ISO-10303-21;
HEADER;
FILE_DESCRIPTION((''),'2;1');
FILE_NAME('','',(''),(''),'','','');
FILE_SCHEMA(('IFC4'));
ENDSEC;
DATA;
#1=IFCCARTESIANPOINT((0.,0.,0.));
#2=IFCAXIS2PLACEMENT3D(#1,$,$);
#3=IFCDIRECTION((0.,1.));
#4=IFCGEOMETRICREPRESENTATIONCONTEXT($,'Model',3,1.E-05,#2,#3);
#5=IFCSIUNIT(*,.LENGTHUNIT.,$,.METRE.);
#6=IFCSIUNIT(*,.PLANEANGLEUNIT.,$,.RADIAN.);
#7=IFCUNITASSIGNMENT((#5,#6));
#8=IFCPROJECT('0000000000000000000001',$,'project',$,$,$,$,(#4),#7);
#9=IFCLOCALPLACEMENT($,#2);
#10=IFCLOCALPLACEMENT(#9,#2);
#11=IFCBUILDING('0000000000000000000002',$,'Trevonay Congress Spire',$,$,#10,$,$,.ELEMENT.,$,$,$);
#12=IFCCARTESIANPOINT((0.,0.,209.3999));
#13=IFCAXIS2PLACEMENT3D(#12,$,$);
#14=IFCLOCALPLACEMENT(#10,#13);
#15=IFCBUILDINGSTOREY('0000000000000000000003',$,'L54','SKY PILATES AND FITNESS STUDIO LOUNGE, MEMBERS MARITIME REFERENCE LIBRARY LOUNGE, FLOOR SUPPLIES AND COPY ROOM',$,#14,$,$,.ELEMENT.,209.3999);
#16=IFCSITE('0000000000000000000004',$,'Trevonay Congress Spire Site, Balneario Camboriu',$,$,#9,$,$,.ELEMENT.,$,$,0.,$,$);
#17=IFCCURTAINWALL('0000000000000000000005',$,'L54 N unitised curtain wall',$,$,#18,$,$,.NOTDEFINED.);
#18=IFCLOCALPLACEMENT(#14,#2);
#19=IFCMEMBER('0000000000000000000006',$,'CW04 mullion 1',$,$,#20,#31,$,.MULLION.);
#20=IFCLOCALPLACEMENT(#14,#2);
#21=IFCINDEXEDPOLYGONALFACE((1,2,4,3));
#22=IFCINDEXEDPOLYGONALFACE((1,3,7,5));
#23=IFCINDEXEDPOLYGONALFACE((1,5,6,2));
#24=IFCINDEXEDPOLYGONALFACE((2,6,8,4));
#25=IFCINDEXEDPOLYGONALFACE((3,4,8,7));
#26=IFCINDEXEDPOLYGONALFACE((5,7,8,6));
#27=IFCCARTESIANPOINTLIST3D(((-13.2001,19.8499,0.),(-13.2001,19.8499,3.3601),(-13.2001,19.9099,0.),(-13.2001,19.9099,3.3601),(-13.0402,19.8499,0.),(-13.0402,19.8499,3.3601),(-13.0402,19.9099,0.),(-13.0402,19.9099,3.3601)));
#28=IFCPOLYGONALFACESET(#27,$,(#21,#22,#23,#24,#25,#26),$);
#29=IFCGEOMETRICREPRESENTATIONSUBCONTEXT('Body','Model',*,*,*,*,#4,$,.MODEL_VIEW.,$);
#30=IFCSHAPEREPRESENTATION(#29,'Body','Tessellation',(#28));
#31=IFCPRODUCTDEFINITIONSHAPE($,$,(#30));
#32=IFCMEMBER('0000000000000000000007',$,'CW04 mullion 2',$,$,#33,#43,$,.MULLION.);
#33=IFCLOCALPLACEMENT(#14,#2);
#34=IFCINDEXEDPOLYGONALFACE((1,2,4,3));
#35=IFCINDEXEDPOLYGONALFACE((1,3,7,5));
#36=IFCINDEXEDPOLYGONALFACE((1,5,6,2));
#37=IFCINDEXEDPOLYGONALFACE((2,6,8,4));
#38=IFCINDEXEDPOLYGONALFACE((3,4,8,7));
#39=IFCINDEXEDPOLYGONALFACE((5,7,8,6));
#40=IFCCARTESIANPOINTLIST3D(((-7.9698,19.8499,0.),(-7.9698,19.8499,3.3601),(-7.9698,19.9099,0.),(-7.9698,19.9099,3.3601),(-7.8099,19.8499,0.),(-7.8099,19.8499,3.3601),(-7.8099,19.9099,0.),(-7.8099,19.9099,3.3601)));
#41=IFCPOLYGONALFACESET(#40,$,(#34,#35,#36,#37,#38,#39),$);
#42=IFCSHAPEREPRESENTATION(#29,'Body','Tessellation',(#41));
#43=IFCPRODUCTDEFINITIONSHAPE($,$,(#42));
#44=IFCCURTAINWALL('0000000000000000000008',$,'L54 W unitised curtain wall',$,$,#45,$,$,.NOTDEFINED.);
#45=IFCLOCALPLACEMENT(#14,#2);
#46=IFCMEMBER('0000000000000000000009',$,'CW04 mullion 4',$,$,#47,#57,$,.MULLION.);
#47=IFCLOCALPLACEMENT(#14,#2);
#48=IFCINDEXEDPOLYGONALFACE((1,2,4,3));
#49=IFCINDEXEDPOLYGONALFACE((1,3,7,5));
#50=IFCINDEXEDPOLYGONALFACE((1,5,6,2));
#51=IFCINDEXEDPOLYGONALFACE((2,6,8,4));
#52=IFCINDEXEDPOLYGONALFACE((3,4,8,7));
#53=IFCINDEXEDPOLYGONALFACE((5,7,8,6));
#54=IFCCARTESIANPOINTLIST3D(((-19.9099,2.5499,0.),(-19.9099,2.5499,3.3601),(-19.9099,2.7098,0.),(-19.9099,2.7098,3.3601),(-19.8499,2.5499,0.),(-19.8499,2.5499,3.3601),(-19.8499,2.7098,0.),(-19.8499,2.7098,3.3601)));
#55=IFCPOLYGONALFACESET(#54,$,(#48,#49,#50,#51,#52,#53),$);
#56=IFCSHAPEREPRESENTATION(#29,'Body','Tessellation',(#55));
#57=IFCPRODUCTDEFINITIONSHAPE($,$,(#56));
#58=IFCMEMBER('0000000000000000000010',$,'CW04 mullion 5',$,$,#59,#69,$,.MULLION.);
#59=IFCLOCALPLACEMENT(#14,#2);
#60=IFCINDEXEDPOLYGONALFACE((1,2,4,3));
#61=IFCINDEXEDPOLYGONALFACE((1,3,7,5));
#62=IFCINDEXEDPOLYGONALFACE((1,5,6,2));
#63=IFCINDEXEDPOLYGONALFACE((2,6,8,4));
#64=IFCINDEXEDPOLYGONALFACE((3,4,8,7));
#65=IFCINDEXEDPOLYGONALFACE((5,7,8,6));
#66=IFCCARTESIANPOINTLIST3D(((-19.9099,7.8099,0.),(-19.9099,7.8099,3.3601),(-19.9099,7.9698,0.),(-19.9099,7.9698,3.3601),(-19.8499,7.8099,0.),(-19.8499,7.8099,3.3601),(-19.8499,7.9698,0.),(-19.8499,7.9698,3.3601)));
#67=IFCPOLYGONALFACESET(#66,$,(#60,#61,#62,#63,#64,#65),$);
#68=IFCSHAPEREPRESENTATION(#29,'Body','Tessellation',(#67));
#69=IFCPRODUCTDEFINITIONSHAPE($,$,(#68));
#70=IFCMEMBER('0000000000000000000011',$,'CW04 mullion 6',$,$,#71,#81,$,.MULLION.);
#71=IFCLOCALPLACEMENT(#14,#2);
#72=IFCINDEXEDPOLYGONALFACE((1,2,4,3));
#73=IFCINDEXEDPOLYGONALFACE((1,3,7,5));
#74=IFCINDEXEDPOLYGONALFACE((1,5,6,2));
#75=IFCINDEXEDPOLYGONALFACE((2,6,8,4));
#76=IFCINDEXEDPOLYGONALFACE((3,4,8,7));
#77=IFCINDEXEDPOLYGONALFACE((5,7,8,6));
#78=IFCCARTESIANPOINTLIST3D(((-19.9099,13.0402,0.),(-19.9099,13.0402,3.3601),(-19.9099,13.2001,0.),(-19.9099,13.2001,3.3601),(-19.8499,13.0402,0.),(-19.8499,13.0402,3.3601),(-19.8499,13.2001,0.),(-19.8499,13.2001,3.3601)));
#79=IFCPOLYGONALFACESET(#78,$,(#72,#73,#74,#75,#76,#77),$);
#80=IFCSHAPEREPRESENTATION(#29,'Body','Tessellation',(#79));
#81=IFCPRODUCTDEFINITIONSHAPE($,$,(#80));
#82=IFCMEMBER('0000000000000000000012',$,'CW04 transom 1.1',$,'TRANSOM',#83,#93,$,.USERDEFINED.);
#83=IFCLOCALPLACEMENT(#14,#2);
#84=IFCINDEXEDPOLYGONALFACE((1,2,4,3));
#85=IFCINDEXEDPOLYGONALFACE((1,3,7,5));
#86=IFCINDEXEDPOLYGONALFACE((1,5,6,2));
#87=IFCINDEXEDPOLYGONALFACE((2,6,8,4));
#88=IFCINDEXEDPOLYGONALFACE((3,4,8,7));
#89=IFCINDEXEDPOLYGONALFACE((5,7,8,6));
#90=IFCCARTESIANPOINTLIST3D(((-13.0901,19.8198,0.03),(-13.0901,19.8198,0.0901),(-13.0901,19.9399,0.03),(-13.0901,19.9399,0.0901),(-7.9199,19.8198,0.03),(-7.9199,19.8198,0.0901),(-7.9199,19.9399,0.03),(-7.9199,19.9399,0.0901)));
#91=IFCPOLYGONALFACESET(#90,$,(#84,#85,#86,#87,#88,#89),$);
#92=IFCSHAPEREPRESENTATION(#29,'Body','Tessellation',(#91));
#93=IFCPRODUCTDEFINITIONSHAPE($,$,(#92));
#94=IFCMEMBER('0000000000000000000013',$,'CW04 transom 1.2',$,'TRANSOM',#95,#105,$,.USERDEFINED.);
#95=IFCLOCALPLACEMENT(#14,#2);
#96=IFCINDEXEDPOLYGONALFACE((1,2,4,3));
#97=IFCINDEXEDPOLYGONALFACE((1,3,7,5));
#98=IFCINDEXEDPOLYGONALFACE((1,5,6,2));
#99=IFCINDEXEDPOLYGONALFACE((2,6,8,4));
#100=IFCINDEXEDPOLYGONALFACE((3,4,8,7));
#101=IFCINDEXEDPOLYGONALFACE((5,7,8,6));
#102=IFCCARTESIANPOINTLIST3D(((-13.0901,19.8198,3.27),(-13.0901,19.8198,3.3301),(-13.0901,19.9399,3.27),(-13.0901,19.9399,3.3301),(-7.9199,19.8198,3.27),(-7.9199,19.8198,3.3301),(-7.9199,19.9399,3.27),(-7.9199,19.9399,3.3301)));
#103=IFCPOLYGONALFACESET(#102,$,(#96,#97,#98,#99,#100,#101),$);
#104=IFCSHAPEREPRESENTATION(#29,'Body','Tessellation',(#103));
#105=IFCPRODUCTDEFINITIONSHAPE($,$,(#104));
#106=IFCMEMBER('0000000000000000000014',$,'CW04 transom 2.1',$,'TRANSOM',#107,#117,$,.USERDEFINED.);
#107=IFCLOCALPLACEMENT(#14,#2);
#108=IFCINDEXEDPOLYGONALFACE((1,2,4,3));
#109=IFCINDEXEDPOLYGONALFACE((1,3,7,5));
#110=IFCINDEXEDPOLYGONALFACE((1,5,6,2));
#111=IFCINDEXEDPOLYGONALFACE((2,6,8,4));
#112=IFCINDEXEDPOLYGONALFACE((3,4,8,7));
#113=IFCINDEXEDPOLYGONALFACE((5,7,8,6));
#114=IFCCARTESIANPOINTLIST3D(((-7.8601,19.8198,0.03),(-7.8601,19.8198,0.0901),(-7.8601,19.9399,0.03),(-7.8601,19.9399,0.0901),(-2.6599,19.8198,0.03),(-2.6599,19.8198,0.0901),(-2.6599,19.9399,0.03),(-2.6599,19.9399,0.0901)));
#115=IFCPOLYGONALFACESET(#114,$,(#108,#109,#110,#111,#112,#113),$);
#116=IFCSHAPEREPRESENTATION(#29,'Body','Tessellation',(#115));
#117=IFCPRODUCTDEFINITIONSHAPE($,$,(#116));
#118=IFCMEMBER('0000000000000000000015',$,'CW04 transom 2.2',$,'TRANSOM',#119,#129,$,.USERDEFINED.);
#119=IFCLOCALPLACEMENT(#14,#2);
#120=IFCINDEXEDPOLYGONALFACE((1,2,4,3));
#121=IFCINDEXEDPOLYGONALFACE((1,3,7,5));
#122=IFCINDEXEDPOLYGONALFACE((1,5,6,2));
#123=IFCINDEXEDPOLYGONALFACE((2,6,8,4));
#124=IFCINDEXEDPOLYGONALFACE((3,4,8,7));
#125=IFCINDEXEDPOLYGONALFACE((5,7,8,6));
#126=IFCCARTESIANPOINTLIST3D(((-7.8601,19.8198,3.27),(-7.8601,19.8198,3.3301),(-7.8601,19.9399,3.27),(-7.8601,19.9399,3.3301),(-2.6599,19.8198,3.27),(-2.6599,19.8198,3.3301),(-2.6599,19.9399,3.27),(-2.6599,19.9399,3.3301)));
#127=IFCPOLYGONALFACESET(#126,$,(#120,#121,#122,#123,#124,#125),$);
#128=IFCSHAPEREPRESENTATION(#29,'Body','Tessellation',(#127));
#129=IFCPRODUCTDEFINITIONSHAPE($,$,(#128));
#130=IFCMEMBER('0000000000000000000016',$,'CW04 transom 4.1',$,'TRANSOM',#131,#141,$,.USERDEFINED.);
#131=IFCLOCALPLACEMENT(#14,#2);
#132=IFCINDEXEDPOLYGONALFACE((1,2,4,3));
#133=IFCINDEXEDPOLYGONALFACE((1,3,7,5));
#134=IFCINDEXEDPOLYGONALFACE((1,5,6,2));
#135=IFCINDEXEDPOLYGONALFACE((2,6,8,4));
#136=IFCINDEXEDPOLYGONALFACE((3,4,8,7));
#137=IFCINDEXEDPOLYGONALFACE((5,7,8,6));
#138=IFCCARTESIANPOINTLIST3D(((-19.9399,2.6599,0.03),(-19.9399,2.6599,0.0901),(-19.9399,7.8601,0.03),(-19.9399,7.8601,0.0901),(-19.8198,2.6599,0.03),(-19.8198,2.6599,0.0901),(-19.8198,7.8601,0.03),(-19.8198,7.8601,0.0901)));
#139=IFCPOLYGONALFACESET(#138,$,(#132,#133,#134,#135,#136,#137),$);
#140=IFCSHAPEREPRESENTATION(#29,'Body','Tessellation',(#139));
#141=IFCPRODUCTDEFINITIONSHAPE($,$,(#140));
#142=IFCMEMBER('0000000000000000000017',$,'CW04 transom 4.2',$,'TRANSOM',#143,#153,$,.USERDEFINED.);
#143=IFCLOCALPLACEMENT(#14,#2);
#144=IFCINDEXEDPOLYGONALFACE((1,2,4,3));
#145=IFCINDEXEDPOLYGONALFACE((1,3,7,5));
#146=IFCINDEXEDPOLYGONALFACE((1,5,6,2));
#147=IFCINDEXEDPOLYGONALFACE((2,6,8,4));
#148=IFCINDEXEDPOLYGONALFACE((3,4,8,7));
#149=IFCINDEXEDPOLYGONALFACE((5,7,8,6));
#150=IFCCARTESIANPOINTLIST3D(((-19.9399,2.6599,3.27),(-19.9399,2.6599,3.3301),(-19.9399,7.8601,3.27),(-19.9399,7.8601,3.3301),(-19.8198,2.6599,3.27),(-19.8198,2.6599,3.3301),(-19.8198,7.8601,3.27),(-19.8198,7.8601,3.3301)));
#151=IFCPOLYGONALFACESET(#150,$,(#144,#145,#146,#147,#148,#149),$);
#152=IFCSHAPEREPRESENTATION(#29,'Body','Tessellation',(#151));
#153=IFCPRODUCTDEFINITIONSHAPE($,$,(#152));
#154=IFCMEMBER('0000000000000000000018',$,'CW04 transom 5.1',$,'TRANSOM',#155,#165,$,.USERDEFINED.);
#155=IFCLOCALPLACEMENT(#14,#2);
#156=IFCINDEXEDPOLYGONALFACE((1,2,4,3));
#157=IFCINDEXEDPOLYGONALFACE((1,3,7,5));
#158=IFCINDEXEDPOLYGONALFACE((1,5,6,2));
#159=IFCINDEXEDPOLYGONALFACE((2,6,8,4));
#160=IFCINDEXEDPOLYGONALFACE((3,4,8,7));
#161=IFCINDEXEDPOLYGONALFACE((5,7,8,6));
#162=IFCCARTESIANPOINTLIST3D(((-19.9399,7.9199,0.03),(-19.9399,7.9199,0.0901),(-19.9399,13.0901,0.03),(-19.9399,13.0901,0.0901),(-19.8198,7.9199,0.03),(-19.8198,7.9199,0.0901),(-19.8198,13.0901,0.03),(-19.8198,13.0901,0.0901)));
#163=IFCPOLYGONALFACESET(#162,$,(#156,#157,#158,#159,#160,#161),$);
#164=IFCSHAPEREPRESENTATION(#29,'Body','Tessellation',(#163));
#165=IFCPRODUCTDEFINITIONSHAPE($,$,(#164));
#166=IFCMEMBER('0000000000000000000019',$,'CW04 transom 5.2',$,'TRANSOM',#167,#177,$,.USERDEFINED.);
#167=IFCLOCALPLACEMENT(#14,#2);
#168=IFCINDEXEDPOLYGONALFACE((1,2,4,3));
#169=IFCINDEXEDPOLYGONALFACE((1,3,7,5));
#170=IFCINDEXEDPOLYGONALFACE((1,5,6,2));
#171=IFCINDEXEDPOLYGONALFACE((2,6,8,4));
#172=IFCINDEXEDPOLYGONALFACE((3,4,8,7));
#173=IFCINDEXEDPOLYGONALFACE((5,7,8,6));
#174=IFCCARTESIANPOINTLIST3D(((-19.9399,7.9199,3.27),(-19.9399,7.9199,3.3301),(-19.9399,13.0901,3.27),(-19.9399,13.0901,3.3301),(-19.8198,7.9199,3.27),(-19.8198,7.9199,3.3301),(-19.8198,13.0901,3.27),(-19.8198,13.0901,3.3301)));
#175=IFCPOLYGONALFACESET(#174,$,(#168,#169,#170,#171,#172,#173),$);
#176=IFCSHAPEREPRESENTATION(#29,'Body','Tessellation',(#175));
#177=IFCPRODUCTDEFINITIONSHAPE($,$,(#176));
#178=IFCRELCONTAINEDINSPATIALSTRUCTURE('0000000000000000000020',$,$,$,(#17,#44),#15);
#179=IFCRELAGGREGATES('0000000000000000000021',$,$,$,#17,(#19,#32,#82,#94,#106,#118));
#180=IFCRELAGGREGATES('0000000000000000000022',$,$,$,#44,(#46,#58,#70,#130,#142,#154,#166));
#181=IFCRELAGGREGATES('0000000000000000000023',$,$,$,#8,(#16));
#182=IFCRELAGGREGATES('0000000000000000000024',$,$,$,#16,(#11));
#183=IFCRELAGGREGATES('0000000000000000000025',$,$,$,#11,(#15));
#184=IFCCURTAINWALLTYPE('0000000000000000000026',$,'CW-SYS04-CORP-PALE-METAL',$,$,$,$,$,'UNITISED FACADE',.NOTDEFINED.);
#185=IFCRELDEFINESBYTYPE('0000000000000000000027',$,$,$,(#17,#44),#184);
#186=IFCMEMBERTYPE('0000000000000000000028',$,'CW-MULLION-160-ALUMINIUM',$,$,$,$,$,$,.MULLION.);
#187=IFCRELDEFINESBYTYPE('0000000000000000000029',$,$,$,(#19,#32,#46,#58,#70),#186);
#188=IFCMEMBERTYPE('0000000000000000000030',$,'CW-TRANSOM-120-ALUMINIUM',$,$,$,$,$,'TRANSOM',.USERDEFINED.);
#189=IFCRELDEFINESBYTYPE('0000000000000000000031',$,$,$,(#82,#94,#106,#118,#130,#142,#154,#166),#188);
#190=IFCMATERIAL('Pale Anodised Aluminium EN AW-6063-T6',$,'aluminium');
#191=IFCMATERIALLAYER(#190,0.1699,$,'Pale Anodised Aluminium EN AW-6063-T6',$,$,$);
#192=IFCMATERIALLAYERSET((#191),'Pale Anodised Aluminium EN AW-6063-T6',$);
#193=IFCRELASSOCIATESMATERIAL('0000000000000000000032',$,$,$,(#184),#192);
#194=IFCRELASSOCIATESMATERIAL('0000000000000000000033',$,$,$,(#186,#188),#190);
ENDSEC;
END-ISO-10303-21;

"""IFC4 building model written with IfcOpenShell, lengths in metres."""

from ifc_helpers import new_model, si_unit, direction, frame, origin, origin_2d, place, context, subcontext, project, spatial, rectangle, extrude, material, layer, layer_set, material_profile, profile_set, type_object, element, aggregate, save


model = new_model("IFC4")

# Units and contexts
model_context = context("Model", 3, precision=1e-05, world=origin(), true_north=direction((0.0, 1.0)))
body_context = subcontext(model_context, "Body", "Model", "MODEL_VIEW")
ifc_project = project(units=[si_unit("LENGTHUNIT", "METRE"), si_unit("PLANEANGLEUNIT", "RADIAN")], contexts=[model_context])

# Site, building, storey
site_placement = place(None, origin())
site = spatial("IfcSite", under=ifc_project, at=site_placement, Name="Trevonay Congress Spire Site, Balneario Camboriu", CompositionType="ELEMENT", RefElevation=0.0)
building_placement = place(site_placement, origin())
building = spatial("IfcBuilding", under=site, at=building_placement, Name="Trevonay Congress Spire", CompositionType="ELEMENT")
storey_placement = place(building_placement, frame((0.0, 0.0, 209.3999)))
storey = spatial("IfcBuildingStorey", under=building, at=storey_placement, Name="L54", Description="SKY PILATES AND FITNESS STUDIO LOUNGE, MEMBERS MARITIME REFERENCE LIBRARY LOUNGE, FLOOR SUPPLIES AND COPY ROOM", CompositionType="ELEMENT", Elevation=209.3999)

# Curtain walls, members
ifc_material_1 = material(Name="Pale Anodised Aluminium EN AW-6063-T6", Category="aluminium")
ifc_layer_1 = layer(ifc_material_1, 0.1699, Name="Pale Anodised Aluminium EN AW-6063-T6")
ifc_layer_set_1 = layer_set([ifc_layer_1], Name="Pale Anodised Aluminium EN AW-6063-T6")
curtain_wall_type = type_object("IfcCurtainWallType", Name="CW-SYS04-CORP-PALE-METAL", ElementType="UNITISED FACADE", PredefinedType="NOTDEFINED", material=ifc_layer_set_1)
curtain_wall_1_placement = place(storey_placement, origin())
curtain_wall_1 = element("IfcCurtainWall", 1, at=curtain_wall_1_placement, inside=storey, type_object=curtain_wall_type, Name="L54 N unitised curtain wall", PredefinedType="NOTDEFINED")
ifc_material_profile_1 = material_profile(ifc_material_1, rectangle(XDim=0.0601, YDim=0.1599, at=origin_2d()), Name="CW-MULLION-160-ALUMINIUM")
ifc_profile_set_1 = profile_set([ifc_material_profile_1], Name="Pale Anodised Aluminium EN AW-6063-T6")
member_type_1 = type_object("IfcMemberType", Name="CW-MULLION-160-ALUMINIUM", PredefinedType="MULLION", material=ifc_profile_set_1)
member_1_placement = place(storey_placement, frame((-13.1201, 19.8799, 0.0), z_axis=(0.0, 0.0, 1.0), x_axis=(0.0, 1.0, 0.0)))
member_1 = element("IfcMember", 2, at=member_1_placement, type_object=member_type_1, Name="CW04 mullion 1", PredefinedType="MULLION", context=body_context, shape_type="SweptSolid", body=[
    extrude(rectangle(XDim=0.0601, YDim=0.1599, at=origin_2d()), origin(), (0.0, 0.0, 1.0), 3.3601),
])
member_2_placement = place(storey_placement, frame((-7.8899, 19.8799, 0.0), z_axis=(0.0, 0.0, 1.0), x_axis=(0.0, 1.0, 0.0)))
member_2 = element("IfcMember", 3, at=member_2_placement, type_object=member_type_1, Name="CW04 mullion 2", PredefinedType="MULLION", context=body_context, shape_type="SweptSolid", body=[
    extrude(rectangle(XDim=0.0601, YDim=0.1599, at=origin_2d()), origin(), (0.0, 0.0, 1.0), 3.3601),
])
curtain_wall_2_placement = place(storey_placement, origin())
curtain_wall_2 = element("IfcCurtainWall", 4, at=curtain_wall_2_placement, inside=storey, type_object=curtain_wall_type, Name="L54 W unitised curtain wall", PredefinedType="NOTDEFINED")
member_3_placement = place(storey_placement, frame((-19.8799, 2.6299, 0.0), z_axis=(0.0, 0.0, 1.0), x_axis=(-1.0, 0.0, 0.0)))
member_3 = element("IfcMember", 5, at=member_3_placement, type_object=member_type_1, Name="CW04 mullion 4", PredefinedType="MULLION", context=body_context, shape_type="SweptSolid", body=[
    extrude(rectangle(XDim=0.0601, YDim=0.1599, at=origin_2d()), origin(), (0.0, 0.0, 1.0), 3.3601),
])
member_4_placement = place(storey_placement, frame((-19.8799, 7.8899, 0.0), z_axis=(0.0, 0.0, 1.0), x_axis=(-1.0, 0.0, 0.0)))
member_4 = element("IfcMember", 6, at=member_4_placement, type_object=member_type_1, Name="CW04 mullion 5", PredefinedType="MULLION", context=body_context, shape_type="SweptSolid", body=[
    extrude(rectangle(XDim=0.0601, YDim=0.1599, at=origin_2d()), origin(), (0.0, 0.0, 1.0), 3.3601),
])
member_5_placement = place(storey_placement, frame((-19.8799, 13.1201, 0.0), z_axis=(0.0, 0.0, 1.0), x_axis=(-1.0, 0.0, 0.0)))
member_5 = element("IfcMember", 7, at=member_5_placement, type_object=member_type_1, Name="CW04 mullion 6", PredefinedType="MULLION", context=body_context, shape_type="SweptSolid", body=[
    extrude(rectangle(XDim=0.0601, YDim=0.1599, at=origin_2d()), origin(), (0.0, 0.0, 1.0), 3.3601),
])

# Members
ifc_material_profile_2 = material_profile(ifc_material_1, rectangle(XDim=0.1201, YDim=0.0601, at=origin_2d()), Name="CW-TRANSOM-120-ALUMINIUM")
ifc_profile_set_2 = profile_set([ifc_material_profile_2], Name="Pale Anodised Aluminium EN AW-6063-T6")
member_type_2 = type_object("IfcMemberType", Name="CW-TRANSOM-120-ALUMINIUM", ElementType="TRANSOM", PredefinedType="USERDEFINED", material=ifc_profile_set_2)
member_6_placement = place(storey_placement, frame((-13.0901, 19.8799, 0.0601), z_axis=(1.0, 0.0, 0.0), x_axis=(0.0, 1.0, 0.0)))
member_6 = element("IfcMember", 8, at=member_6_placement, type_object=member_type_2, Name="CW04 transom 1.1", ObjectType="TRANSOM", PredefinedType="USERDEFINED", context=body_context, shape_type="SweptSolid", body=[
    extrude(rectangle(XDim=0.1201, YDim=0.0601, at=origin_2d()), origin(), (0.0, 0.0, 1.0), 5.1702),
])
member_7_placement = place(storey_placement, frame((-13.0901, 19.8799, 3.3), z_axis=(1.0, 0.0, 0.0), x_axis=(0.0, 1.0, 0.0)))
member_7 = element("IfcMember", 9, at=member_7_placement, type_object=member_type_2, Name="CW04 transom 1.2", ObjectType="TRANSOM", PredefinedType="USERDEFINED", context=body_context, shape_type="SweptSolid", body=[
    extrude(rectangle(XDim=0.1201, YDim=0.0601, at=origin_2d()), origin(), (0.0, 0.0, 1.0), 5.1702),
])
member_8_placement = place(storey_placement, frame((-7.8601, 19.8799, 0.0601), z_axis=(1.0, 0.0, 0.0), x_axis=(0.0, 1.0, 0.0)))
member_8 = element("IfcMember", 10, at=member_8_placement, type_object=member_type_2, Name="CW04 transom 2.1", ObjectType="TRANSOM", PredefinedType="USERDEFINED", context=body_context, shape_type="SweptSolid", body=[
    extrude(rectangle(XDim=0.1201, YDim=0.0601, at=origin_2d()), origin(), (0.0, 0.0, 1.0), 5.2002),
])
member_9_placement = place(storey_placement, frame((-7.8601, 19.8799, 3.3), z_axis=(1.0, 0.0, 0.0), x_axis=(0.0, 1.0, 0.0)))
member_9 = element("IfcMember", 11, at=member_9_placement, type_object=member_type_2, Name="CW04 transom 2.2", ObjectType="TRANSOM", PredefinedType="USERDEFINED", context=body_context, shape_type="SweptSolid", body=[
    extrude(rectangle(XDim=0.1201, YDim=0.0601, at=origin_2d()), origin(), (0.0, 0.0, 1.0), 5.2002),
])
member_10_placement = place(storey_placement, frame((-19.8799, 2.6599, 0.0601), z_axis=(0.0, 1.0, 0.0), x_axis=(-1.0, 0.0, 0.0)))
member_10 = element("IfcMember", 12, at=member_10_placement, type_object=member_type_2, Name="CW04 transom 4.1", ObjectType="TRANSOM", PredefinedType="USERDEFINED", context=body_context, shape_type="SweptSolid", body=[
    extrude(rectangle(XDim=0.1201, YDim=0.0601, at=origin_2d()), origin(), (0.0, 0.0, 1.0), 5.2002),
])
member_11_placement = place(storey_placement, frame((-19.8799, 2.6599, 3.3), z_axis=(0.0, 1.0, 0.0), x_axis=(-1.0, 0.0, 0.0)))
member_11 = element("IfcMember", 13, at=member_11_placement, type_object=member_type_2, Name="CW04 transom 4.2", ObjectType="TRANSOM", PredefinedType="USERDEFINED", context=body_context, shape_type="SweptSolid", body=[
    extrude(rectangle(XDim=0.1201, YDim=0.0601, at=origin_2d()), origin(), (0.0, 0.0, 1.0), 5.2002),
])
member_12_placement = place(storey_placement, frame((-19.8799, 7.9199, 0.0601), z_axis=(0.0, 1.0, 0.0), x_axis=(-1.0, 0.0, 0.0)))
member_12 = element("IfcMember", 14, at=member_12_placement, type_object=member_type_2, Name="CW04 transom 5.1", ObjectType="TRANSOM", PredefinedType="USERDEFINED", context=body_context, shape_type="SweptSolid", body=[
    extrude(rectangle(XDim=0.1201, YDim=0.0601, at=origin_2d()), origin(), (0.0, 0.0, 1.0), 5.1702),
])
member_13_placement = place(storey_placement, frame((-19.8799, 7.9199, 3.3), z_axis=(0.0, 1.0, 0.0), x_axis=(-1.0, 0.0, 0.0)))
member_13 = element("IfcMember", 15, at=member_13_placement, type_object=member_type_2, Name="CW04 transom 5.2", ObjectType="TRANSOM", PredefinedType="USERDEFINED", context=body_context, shape_type="SweptSolid", body=[
    extrude(rectangle(XDim=0.1201, YDim=0.0601, at=origin_2d()), origin(), (0.0, 0.0, 1.0), 5.1702),
])

aggregate(curtain_wall_1, [member_1, member_2, member_6, member_7, member_8, member_9])
aggregate(curtain_wall_2, [member_3, member_4, member_5, member_10, member_11, member_12, member_13])

save(model, "model.ifc")
